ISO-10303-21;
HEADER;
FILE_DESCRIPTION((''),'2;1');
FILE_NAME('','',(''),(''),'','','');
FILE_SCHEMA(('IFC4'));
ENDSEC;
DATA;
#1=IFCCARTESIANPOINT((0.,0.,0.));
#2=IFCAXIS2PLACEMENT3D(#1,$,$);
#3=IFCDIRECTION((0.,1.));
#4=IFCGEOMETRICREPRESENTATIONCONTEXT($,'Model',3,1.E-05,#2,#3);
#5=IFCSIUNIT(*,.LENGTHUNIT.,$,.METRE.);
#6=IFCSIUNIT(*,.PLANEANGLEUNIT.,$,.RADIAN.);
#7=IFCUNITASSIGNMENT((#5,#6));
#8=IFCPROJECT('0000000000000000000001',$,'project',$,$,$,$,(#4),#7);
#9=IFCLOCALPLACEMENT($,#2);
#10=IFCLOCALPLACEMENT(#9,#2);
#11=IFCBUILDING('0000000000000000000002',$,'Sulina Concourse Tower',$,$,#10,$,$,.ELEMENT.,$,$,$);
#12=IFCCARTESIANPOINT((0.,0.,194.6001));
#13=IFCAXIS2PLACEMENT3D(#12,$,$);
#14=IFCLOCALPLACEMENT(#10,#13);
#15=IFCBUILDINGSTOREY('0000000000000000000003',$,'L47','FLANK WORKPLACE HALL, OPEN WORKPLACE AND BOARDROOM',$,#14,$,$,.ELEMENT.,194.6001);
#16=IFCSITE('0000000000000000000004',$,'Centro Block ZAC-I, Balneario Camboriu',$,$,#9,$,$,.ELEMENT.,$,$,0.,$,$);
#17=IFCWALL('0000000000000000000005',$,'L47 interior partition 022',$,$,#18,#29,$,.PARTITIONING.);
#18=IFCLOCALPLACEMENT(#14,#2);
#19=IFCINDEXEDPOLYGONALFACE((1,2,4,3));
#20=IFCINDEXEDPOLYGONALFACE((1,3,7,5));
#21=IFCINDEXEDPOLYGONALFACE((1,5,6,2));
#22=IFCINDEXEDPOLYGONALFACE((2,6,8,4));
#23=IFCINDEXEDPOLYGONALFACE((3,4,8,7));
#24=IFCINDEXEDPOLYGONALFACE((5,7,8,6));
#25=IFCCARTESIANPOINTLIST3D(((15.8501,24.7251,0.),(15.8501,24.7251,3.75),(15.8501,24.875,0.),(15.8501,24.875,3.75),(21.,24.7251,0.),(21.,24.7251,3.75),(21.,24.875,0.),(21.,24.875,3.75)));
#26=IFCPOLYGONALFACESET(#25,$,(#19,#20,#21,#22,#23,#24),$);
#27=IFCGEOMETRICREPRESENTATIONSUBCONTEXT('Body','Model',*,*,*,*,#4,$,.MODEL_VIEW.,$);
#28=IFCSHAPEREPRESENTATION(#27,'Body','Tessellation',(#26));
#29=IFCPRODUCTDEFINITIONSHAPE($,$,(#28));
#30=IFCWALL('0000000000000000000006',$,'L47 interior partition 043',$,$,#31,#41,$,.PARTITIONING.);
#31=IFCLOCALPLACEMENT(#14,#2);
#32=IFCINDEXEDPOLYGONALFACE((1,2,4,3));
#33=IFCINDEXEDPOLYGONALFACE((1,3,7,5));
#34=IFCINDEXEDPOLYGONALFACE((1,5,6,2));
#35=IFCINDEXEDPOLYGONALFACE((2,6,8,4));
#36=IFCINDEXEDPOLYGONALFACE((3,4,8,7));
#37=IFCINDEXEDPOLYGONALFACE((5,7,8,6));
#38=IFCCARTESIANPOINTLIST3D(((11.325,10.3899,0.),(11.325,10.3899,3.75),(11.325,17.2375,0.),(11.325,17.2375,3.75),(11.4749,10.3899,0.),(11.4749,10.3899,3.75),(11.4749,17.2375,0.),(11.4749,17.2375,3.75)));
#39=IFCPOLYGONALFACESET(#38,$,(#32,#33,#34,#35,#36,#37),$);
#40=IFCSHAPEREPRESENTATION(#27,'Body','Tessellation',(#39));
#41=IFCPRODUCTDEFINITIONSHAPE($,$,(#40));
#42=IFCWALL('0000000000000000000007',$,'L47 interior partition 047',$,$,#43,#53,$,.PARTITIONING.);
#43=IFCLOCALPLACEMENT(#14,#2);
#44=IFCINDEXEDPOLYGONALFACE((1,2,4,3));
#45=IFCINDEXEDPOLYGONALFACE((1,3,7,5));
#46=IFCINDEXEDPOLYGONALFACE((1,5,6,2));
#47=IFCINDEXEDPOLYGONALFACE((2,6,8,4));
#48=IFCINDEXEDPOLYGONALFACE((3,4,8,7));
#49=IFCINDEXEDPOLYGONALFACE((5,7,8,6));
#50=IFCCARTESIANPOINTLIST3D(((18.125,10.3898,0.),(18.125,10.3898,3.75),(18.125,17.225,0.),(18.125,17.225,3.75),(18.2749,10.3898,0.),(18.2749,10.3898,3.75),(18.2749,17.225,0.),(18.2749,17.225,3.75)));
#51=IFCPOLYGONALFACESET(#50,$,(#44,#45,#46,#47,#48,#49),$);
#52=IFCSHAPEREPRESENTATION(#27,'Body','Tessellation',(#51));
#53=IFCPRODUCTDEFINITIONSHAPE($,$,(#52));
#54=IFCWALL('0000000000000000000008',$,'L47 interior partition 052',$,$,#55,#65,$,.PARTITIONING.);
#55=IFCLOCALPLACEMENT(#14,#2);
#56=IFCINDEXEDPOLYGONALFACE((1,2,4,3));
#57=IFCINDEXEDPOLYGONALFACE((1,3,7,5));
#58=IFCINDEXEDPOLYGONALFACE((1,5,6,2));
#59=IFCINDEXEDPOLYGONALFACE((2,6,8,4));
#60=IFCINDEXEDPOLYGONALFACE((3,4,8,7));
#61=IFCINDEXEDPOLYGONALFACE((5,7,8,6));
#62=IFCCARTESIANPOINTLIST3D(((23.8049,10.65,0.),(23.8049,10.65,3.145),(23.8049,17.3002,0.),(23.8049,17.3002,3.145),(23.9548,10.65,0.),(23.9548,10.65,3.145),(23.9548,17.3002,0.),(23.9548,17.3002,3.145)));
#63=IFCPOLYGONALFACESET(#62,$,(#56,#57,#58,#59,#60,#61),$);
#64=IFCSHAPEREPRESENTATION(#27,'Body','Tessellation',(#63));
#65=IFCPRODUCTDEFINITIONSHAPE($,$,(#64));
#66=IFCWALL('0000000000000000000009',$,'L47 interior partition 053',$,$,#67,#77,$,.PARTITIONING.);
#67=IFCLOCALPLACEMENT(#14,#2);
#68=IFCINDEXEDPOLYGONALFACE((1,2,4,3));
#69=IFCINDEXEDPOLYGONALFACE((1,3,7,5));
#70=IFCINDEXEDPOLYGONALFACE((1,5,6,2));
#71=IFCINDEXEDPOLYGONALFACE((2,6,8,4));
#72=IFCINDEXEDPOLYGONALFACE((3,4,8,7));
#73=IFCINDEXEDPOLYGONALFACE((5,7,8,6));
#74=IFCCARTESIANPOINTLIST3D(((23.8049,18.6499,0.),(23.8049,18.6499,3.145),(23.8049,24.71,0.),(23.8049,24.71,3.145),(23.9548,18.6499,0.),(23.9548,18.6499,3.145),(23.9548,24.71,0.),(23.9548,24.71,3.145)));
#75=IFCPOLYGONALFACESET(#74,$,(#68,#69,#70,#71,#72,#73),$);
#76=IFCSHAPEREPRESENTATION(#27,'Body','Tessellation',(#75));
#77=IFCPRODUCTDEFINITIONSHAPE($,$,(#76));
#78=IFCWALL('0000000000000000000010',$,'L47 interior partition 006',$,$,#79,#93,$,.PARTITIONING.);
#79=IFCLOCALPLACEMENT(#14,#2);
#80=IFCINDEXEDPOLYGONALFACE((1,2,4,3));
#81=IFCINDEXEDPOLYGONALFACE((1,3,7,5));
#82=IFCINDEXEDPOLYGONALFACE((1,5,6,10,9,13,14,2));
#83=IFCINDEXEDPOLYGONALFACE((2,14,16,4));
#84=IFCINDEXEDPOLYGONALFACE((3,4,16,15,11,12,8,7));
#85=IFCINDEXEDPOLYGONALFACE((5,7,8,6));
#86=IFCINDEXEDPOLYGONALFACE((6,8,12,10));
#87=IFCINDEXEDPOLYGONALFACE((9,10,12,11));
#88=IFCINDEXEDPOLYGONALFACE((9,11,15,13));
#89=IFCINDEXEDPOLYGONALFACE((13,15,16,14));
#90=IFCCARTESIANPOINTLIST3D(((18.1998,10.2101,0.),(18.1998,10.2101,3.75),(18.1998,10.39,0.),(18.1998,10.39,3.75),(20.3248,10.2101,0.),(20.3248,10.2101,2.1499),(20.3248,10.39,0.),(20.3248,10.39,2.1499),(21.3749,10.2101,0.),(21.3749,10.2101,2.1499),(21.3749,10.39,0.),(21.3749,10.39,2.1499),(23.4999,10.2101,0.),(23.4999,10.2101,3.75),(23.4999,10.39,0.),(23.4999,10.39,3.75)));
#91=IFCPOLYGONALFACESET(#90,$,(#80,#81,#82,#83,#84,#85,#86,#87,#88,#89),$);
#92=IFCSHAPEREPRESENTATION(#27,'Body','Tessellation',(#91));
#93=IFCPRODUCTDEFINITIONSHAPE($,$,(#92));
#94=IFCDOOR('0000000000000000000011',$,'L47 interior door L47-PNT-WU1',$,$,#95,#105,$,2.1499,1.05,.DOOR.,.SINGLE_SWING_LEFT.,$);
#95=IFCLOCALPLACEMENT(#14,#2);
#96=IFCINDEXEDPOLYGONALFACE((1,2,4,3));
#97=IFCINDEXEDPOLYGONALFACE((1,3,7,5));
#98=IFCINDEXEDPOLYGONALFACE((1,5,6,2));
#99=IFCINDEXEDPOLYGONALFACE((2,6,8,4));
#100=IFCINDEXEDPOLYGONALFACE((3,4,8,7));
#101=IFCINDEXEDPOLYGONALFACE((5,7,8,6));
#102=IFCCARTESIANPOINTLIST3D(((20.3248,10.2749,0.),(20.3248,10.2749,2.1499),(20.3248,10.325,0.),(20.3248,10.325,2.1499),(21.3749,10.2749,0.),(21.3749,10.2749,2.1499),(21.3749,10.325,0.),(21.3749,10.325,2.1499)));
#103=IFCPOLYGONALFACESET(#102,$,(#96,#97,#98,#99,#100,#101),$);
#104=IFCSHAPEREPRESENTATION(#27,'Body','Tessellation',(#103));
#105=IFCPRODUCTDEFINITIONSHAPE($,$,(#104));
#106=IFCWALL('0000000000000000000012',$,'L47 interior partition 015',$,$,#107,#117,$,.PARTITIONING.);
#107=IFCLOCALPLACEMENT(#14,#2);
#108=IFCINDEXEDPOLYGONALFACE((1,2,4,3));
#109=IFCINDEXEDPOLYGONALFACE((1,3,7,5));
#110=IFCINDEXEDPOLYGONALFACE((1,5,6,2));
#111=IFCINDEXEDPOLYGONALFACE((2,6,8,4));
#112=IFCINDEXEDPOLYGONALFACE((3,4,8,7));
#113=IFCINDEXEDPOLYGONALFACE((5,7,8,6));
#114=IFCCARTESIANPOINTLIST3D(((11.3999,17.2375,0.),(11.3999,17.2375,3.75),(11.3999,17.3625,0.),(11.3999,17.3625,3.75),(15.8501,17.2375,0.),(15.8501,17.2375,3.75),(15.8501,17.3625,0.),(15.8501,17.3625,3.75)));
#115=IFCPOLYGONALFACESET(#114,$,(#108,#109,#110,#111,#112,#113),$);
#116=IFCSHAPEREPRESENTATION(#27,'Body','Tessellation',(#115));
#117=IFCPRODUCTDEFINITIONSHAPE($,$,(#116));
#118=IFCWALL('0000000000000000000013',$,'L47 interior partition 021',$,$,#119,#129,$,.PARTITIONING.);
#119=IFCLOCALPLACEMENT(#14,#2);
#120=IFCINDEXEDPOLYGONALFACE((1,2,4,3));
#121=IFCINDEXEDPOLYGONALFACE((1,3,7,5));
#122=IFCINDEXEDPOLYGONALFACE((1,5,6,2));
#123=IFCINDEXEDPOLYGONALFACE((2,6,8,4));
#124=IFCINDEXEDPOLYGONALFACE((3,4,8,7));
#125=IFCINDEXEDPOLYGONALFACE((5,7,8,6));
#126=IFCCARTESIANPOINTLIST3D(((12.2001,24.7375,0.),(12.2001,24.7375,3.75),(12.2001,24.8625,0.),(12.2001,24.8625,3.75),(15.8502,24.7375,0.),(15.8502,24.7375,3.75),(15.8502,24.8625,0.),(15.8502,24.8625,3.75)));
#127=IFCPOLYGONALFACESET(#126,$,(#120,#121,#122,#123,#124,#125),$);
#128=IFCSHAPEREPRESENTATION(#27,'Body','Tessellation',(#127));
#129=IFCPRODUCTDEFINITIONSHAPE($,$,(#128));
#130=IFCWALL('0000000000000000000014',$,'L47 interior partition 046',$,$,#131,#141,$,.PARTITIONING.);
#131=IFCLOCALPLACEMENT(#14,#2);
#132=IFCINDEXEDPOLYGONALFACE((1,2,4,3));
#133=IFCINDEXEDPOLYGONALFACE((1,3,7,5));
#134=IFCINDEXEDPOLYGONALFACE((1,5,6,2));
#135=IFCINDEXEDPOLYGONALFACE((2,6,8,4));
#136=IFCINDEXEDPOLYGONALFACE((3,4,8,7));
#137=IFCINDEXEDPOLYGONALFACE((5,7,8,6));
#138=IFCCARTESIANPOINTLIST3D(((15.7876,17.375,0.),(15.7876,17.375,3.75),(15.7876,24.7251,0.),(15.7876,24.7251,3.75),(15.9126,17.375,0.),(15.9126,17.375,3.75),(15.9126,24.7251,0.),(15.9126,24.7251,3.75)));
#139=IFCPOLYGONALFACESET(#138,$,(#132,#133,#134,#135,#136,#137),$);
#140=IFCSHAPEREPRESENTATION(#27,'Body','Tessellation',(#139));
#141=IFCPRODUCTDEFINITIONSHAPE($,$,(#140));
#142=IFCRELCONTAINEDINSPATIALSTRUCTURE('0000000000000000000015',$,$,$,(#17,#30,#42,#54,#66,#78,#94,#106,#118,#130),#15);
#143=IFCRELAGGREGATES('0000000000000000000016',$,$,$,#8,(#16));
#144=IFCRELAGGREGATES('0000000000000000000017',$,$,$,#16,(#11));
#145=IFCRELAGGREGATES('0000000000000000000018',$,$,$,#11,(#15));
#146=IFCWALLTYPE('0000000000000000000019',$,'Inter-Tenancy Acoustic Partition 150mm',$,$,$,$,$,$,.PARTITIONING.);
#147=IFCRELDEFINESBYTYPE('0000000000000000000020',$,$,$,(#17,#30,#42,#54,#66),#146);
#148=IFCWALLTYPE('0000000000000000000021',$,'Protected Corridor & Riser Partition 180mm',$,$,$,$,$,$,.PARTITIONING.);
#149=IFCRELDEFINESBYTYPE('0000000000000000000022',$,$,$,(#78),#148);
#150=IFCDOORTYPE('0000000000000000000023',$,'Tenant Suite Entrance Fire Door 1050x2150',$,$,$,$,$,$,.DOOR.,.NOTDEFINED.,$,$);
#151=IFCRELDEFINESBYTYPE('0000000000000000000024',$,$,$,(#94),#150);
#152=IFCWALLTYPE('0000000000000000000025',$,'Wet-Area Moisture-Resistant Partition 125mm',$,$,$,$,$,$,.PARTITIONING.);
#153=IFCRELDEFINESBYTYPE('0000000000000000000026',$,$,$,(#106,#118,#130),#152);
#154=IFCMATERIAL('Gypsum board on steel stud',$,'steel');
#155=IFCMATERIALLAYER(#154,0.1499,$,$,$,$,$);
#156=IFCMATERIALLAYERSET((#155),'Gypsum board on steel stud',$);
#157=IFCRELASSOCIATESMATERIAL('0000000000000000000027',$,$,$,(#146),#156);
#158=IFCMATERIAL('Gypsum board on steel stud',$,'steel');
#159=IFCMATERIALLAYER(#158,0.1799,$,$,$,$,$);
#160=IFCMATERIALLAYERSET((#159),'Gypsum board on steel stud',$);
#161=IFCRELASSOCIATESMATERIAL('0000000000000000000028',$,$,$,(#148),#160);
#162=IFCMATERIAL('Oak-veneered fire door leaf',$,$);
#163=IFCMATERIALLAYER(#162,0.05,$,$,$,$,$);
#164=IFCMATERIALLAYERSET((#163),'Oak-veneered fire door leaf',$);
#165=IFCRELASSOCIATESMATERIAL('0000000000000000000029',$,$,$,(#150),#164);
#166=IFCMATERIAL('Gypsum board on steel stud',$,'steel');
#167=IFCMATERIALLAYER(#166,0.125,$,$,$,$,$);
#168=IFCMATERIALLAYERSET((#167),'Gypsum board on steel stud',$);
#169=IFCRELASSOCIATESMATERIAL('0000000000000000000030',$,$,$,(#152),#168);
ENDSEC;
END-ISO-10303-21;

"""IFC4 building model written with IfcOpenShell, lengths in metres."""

from ifc_helpers import new_model, si_unit, direction, frame, frame_2d, origin, place, context, subcontext, project, spatial, rectangle, extrude, material, layer, layer_set, type_object, element, fill, save


model = new_model("IFC4")

# Units and contexts
model_context = context("Model", 3, precision=1e-05, world=origin(), true_north=direction((0.0, 1.0)))
body_context = subcontext(model_context, "Body", "Model", "MODEL_VIEW")
ifc_project = project(units=[si_unit("LENGTHUNIT", "METRE"), si_unit("PLANEANGLEUNIT", "RADIAN")], contexts=[model_context])

# Site, building, storey
site_placement = place(None, origin())
site = spatial("IfcSite", under=ifc_project, at=site_placement, Name="Centro Block ZAC-I, Balneario Camboriu", CompositionType="ELEMENT", RefElevation=0.0)
building_placement = place(site_placement, origin())
building = spatial("IfcBuilding", under=site, at=building_placement, Name="Sulina Concourse Tower", CompositionType="ELEMENT")
storey_placement = place(building_placement, frame((0.0, 0.0, 194.6001)))
storey = spatial("IfcBuildingStorey", under=building, at=storey_placement, Name="L47", Description="FLANK WORKPLACE HALL, OPEN WORKPLACE AND BOARDROOM", CompositionType="ELEMENT", Elevation=194.6001)

# Walls
ifc_material_1 = material(Name="Gypsum board on steel stud", Category="steel")
ifc_layer_1 = layer(ifc_material_1, 0.1499)
ifc_layer_set_1 = layer_set([ifc_layer_1], Name="Gypsum board on steel stud")
wall_type_1 = type_object("IfcWallType", Name="Inter-Tenancy Acoustic Partition 150mm", PredefinedType="PARTITIONING", material=ifc_layer_set_1)
wall_1_placement = place(storey_placement, frame((15.8501, 24.8, 0.0), z_axis=(0.0, 0.0, 1.0), x_axis=(1.0, 0.0, 0.0)))
element("IfcWall", 1, at=wall_1_placement, inside=storey, type_object=wall_type_1, Name="L47 interior partition 022", PredefinedType="PARTITIONING", context=body_context, shape_type="SweptSolid", body=[
    extrude(rectangle(XDim=5.1499, YDim=0.1499, at=frame_2d((2.575, 0.0))), origin(), (0.0, 0.0, 1.0), 3.75),
])
wall_2_placement = place(storey_placement, frame((11.3999, 10.3899, 0.0), z_axis=(0.0, 0.0, 1.0), x_axis=(0.0, 1.0, 0.0)))
element("IfcWall", 2, at=wall_2_placement, inside=storey, type_object=wall_type_1, Name="L47 interior partition 043", PredefinedType="PARTITIONING", context=body_context, shape_type="SweptSolid", body=[
    extrude(rectangle(XDim=6.8477, YDim=0.1499, at=frame_2d((3.4238, 0.0))), origin(), (0.0, 0.0, 1.0), 3.75),
])
wall_3_placement = place(storey_placement, frame((18.2, 10.3899, 0.0), z_axis=(0.0, 0.0, 1.0), x_axis=(0.0, 1.0, 0.0)))
element("IfcWall", 3, at=wall_3_placement, inside=storey, type_object=wall_type_1, Name="L47 interior partition 047", PredefinedType="PARTITIONING", context=body_context, shape_type="SweptSolid", body=[
    extrude(rectangle(XDim=6.8352, YDim=0.1499, at=frame_2d((3.4175, 0.0))), origin(), (0.0, 0.0, 1.0), 3.75),
])
wall_4_placement = place(storey_placement, frame((23.8799, 10.6499, 0.0), z_axis=(0.0, 0.0, 1.0), x_axis=(0.0, 1.0, 0.0)))
element("IfcWall", 4, at=wall_4_placement, inside=storey, type_object=wall_type_1, Name="L47 interior partition 052", PredefinedType="PARTITIONING", context=body_context, shape_type="SweptSolid", body=[
    extrude(rectangle(XDim=6.6501, YDim=0.1499, at=frame_2d((3.3252, 0.0))), origin(), (0.0, 0.0, 1.0), 3.145),
])
wall_5_placement = place(storey_placement, frame((23.8799, 18.6499, 0.0), z_axis=(0.0, 0.0, 1.0), x_axis=(0.0, 1.0, 0.0)))
element("IfcWall", 5, at=wall_5_placement, inside=storey, type_object=wall_type_1, Name="L47 interior partition 053", PredefinedType="PARTITIONING", context=body_context, shape_type="SweptSolid", body=[
    extrude(rectangle(XDim=6.0601, YDim=0.1499, at=frame_2d((3.03, 0.0))), origin(), (0.0, 0.0, 1.0), 3.145),
])

# Wall, opening, door
ifc_material_2 = material(Name="Gypsum board on steel stud", Category="steel")
ifc_layer_2 = layer(ifc_material_2, 0.1799)
ifc_layer_set_2 = layer_set([ifc_layer_2], Name="Gypsum board on steel stud")
wall_type_2 = type_object("IfcWallType", Name="Protected Corridor & Riser Partition 180mm", PredefinedType="PARTITIONING", material=ifc_layer_set_2)
wall_6_placement = place(storey_placement, frame((18.2, 10.3, 0.0), z_axis=(0.0, 0.0, 1.0), x_axis=(1.0, 0.0, 0.0)))
wall_6 = element("IfcWall", 6, at=wall_6_placement, inside=storey, type_object=wall_type_2, Name="L47 interior partition 006", PredefinedType="PARTITIONING", context=body_context, shape_type="SweptSolid", body=[
    extrude(rectangle(XDim=5.3, YDim=0.1799, at=frame_2d((2.6499, 0.0))), origin(), (0.0, 0.0, 1.0), 3.75),
])
opening_1_placement = place(wall_6_placement, frame((2.125, 0.0, 0.0)))
opening_1 = element("IfcOpeningElement", 7, at=opening_1_placement, cuts=wall_6, PredefinedType="OPENING", context=body_context, shape_type="SweptSolid", body=[
    extrude(rectangle(XDim=1.05, YDim=2.1499, at=frame_2d((0.5249, 1.075))), frame((0.0, 0.0999, 0.0), z_axis=(0.0, -1.0, 0.0), x_axis=(1.0, 0.0, 0.0)), (0.0, 0.0, 1.0), 0.2),
])
ifc_material_3 = material(Name="Oak-veneered fire door leaf")
ifc_layer_3 = layer(ifc_material_3, 0.05)
ifc_layer_set_3 = layer_set([ifc_layer_3], Name="Oak-veneered fire door leaf")
door_type_1 = type_object("IfcDoorType", Name="Tenant Suite Entrance Fire Door 1050x2150", OperationType="NOTDEFINED", PredefinedType="DOOR", material=ifc_layer_set_3)
door_1_placement = place(opening_1_placement, origin())
door_1 = element("IfcDoor", 8, at=door_1_placement, inside=storey, type_object=door_type_1, Name="L47 interior door L47-PNT-WU1", OperationType="SINGLE_SWING_LEFT", OverallHeight=2.1499, OverallWidth=1.05, PredefinedType="DOOR", context=body_context, shape_type="SweptSolid", body=[
    extrude(rectangle(XDim=1.05, YDim=2.1499, at=frame_2d((0.5249, 1.075))), frame((0.0, 0.0249, 0.0), z_axis=(0.0, -1.0, 0.0), x_axis=(1.0, 0.0, 0.0)), (0.0, 0.0, 1.0), 0.05),
])
fill(opening_1, door_1)

# Walls
ifc_material_4 = material(Name="Gypsum board on steel stud", Category="steel")
ifc_layer_4 = layer(ifc_material_4, 0.125)
ifc_layer_set_4 = layer_set([ifc_layer_4], Name="Gypsum board on steel stud")
wall_type_3 = type_object("IfcWallType", Name="Wet-Area Moisture-Resistant Partition 125mm", PredefinedType="PARTITIONING", material=ifc_layer_set_4)
wall_7_placement = place(storey_placement, frame((11.3999, 17.3, 0.0), z_axis=(0.0, 0.0, 1.0), x_axis=(1.0, 0.0, 0.0)))
element("IfcWall", 9, at=wall_7_placement, inside=storey, type_object=wall_type_3, Name="L47 interior partition 015", PredefinedType="PARTITIONING", context=body_context, shape_type="SweptSolid", body=[
    extrude(rectangle(XDim=4.4502, YDim=0.125, at=frame_2d((2.2251, 0.0))), origin(), (0.0, 0.0, 1.0), 3.75),
])
wall_8_placement = place(storey_placement, frame((12.2, 24.8, 0.0), z_axis=(0.0, 0.0, 1.0), x_axis=(1.0, 0.0, 0.0)))
element("IfcWall", 10, at=wall_8_placement, inside=storey, type_object=wall_type_3, Name="L47 interior partition 021", PredefinedType="PARTITIONING", context=body_context, shape_type="SweptSolid", body=[
    extrude(rectangle(XDim=3.6501, YDim=0.125, at=frame_2d((1.8252, 0.0))), origin(), (0.0, 0.0, 1.0), 3.75),
])
wall_9_placement = place(storey_placement, frame((15.8501, 17.375, 0.0), z_axis=(0.0, 0.0, 1.0), x_axis=(0.0, 1.0, 0.0)))
element("IfcWall", 11, at=wall_9_placement, inside=storey, type_object=wall_type_3, Name="L47 interior partition 046", PredefinedType="PARTITIONING", context=body_context, shape_type="SweptSolid", body=[
    extrude(rectangle(XDim=7.3501, YDim=0.125, at=frame_2d((3.675, 0.0))), origin(), (0.0, 0.0, 1.0), 3.75),
])

save(model, "model.ifc")
